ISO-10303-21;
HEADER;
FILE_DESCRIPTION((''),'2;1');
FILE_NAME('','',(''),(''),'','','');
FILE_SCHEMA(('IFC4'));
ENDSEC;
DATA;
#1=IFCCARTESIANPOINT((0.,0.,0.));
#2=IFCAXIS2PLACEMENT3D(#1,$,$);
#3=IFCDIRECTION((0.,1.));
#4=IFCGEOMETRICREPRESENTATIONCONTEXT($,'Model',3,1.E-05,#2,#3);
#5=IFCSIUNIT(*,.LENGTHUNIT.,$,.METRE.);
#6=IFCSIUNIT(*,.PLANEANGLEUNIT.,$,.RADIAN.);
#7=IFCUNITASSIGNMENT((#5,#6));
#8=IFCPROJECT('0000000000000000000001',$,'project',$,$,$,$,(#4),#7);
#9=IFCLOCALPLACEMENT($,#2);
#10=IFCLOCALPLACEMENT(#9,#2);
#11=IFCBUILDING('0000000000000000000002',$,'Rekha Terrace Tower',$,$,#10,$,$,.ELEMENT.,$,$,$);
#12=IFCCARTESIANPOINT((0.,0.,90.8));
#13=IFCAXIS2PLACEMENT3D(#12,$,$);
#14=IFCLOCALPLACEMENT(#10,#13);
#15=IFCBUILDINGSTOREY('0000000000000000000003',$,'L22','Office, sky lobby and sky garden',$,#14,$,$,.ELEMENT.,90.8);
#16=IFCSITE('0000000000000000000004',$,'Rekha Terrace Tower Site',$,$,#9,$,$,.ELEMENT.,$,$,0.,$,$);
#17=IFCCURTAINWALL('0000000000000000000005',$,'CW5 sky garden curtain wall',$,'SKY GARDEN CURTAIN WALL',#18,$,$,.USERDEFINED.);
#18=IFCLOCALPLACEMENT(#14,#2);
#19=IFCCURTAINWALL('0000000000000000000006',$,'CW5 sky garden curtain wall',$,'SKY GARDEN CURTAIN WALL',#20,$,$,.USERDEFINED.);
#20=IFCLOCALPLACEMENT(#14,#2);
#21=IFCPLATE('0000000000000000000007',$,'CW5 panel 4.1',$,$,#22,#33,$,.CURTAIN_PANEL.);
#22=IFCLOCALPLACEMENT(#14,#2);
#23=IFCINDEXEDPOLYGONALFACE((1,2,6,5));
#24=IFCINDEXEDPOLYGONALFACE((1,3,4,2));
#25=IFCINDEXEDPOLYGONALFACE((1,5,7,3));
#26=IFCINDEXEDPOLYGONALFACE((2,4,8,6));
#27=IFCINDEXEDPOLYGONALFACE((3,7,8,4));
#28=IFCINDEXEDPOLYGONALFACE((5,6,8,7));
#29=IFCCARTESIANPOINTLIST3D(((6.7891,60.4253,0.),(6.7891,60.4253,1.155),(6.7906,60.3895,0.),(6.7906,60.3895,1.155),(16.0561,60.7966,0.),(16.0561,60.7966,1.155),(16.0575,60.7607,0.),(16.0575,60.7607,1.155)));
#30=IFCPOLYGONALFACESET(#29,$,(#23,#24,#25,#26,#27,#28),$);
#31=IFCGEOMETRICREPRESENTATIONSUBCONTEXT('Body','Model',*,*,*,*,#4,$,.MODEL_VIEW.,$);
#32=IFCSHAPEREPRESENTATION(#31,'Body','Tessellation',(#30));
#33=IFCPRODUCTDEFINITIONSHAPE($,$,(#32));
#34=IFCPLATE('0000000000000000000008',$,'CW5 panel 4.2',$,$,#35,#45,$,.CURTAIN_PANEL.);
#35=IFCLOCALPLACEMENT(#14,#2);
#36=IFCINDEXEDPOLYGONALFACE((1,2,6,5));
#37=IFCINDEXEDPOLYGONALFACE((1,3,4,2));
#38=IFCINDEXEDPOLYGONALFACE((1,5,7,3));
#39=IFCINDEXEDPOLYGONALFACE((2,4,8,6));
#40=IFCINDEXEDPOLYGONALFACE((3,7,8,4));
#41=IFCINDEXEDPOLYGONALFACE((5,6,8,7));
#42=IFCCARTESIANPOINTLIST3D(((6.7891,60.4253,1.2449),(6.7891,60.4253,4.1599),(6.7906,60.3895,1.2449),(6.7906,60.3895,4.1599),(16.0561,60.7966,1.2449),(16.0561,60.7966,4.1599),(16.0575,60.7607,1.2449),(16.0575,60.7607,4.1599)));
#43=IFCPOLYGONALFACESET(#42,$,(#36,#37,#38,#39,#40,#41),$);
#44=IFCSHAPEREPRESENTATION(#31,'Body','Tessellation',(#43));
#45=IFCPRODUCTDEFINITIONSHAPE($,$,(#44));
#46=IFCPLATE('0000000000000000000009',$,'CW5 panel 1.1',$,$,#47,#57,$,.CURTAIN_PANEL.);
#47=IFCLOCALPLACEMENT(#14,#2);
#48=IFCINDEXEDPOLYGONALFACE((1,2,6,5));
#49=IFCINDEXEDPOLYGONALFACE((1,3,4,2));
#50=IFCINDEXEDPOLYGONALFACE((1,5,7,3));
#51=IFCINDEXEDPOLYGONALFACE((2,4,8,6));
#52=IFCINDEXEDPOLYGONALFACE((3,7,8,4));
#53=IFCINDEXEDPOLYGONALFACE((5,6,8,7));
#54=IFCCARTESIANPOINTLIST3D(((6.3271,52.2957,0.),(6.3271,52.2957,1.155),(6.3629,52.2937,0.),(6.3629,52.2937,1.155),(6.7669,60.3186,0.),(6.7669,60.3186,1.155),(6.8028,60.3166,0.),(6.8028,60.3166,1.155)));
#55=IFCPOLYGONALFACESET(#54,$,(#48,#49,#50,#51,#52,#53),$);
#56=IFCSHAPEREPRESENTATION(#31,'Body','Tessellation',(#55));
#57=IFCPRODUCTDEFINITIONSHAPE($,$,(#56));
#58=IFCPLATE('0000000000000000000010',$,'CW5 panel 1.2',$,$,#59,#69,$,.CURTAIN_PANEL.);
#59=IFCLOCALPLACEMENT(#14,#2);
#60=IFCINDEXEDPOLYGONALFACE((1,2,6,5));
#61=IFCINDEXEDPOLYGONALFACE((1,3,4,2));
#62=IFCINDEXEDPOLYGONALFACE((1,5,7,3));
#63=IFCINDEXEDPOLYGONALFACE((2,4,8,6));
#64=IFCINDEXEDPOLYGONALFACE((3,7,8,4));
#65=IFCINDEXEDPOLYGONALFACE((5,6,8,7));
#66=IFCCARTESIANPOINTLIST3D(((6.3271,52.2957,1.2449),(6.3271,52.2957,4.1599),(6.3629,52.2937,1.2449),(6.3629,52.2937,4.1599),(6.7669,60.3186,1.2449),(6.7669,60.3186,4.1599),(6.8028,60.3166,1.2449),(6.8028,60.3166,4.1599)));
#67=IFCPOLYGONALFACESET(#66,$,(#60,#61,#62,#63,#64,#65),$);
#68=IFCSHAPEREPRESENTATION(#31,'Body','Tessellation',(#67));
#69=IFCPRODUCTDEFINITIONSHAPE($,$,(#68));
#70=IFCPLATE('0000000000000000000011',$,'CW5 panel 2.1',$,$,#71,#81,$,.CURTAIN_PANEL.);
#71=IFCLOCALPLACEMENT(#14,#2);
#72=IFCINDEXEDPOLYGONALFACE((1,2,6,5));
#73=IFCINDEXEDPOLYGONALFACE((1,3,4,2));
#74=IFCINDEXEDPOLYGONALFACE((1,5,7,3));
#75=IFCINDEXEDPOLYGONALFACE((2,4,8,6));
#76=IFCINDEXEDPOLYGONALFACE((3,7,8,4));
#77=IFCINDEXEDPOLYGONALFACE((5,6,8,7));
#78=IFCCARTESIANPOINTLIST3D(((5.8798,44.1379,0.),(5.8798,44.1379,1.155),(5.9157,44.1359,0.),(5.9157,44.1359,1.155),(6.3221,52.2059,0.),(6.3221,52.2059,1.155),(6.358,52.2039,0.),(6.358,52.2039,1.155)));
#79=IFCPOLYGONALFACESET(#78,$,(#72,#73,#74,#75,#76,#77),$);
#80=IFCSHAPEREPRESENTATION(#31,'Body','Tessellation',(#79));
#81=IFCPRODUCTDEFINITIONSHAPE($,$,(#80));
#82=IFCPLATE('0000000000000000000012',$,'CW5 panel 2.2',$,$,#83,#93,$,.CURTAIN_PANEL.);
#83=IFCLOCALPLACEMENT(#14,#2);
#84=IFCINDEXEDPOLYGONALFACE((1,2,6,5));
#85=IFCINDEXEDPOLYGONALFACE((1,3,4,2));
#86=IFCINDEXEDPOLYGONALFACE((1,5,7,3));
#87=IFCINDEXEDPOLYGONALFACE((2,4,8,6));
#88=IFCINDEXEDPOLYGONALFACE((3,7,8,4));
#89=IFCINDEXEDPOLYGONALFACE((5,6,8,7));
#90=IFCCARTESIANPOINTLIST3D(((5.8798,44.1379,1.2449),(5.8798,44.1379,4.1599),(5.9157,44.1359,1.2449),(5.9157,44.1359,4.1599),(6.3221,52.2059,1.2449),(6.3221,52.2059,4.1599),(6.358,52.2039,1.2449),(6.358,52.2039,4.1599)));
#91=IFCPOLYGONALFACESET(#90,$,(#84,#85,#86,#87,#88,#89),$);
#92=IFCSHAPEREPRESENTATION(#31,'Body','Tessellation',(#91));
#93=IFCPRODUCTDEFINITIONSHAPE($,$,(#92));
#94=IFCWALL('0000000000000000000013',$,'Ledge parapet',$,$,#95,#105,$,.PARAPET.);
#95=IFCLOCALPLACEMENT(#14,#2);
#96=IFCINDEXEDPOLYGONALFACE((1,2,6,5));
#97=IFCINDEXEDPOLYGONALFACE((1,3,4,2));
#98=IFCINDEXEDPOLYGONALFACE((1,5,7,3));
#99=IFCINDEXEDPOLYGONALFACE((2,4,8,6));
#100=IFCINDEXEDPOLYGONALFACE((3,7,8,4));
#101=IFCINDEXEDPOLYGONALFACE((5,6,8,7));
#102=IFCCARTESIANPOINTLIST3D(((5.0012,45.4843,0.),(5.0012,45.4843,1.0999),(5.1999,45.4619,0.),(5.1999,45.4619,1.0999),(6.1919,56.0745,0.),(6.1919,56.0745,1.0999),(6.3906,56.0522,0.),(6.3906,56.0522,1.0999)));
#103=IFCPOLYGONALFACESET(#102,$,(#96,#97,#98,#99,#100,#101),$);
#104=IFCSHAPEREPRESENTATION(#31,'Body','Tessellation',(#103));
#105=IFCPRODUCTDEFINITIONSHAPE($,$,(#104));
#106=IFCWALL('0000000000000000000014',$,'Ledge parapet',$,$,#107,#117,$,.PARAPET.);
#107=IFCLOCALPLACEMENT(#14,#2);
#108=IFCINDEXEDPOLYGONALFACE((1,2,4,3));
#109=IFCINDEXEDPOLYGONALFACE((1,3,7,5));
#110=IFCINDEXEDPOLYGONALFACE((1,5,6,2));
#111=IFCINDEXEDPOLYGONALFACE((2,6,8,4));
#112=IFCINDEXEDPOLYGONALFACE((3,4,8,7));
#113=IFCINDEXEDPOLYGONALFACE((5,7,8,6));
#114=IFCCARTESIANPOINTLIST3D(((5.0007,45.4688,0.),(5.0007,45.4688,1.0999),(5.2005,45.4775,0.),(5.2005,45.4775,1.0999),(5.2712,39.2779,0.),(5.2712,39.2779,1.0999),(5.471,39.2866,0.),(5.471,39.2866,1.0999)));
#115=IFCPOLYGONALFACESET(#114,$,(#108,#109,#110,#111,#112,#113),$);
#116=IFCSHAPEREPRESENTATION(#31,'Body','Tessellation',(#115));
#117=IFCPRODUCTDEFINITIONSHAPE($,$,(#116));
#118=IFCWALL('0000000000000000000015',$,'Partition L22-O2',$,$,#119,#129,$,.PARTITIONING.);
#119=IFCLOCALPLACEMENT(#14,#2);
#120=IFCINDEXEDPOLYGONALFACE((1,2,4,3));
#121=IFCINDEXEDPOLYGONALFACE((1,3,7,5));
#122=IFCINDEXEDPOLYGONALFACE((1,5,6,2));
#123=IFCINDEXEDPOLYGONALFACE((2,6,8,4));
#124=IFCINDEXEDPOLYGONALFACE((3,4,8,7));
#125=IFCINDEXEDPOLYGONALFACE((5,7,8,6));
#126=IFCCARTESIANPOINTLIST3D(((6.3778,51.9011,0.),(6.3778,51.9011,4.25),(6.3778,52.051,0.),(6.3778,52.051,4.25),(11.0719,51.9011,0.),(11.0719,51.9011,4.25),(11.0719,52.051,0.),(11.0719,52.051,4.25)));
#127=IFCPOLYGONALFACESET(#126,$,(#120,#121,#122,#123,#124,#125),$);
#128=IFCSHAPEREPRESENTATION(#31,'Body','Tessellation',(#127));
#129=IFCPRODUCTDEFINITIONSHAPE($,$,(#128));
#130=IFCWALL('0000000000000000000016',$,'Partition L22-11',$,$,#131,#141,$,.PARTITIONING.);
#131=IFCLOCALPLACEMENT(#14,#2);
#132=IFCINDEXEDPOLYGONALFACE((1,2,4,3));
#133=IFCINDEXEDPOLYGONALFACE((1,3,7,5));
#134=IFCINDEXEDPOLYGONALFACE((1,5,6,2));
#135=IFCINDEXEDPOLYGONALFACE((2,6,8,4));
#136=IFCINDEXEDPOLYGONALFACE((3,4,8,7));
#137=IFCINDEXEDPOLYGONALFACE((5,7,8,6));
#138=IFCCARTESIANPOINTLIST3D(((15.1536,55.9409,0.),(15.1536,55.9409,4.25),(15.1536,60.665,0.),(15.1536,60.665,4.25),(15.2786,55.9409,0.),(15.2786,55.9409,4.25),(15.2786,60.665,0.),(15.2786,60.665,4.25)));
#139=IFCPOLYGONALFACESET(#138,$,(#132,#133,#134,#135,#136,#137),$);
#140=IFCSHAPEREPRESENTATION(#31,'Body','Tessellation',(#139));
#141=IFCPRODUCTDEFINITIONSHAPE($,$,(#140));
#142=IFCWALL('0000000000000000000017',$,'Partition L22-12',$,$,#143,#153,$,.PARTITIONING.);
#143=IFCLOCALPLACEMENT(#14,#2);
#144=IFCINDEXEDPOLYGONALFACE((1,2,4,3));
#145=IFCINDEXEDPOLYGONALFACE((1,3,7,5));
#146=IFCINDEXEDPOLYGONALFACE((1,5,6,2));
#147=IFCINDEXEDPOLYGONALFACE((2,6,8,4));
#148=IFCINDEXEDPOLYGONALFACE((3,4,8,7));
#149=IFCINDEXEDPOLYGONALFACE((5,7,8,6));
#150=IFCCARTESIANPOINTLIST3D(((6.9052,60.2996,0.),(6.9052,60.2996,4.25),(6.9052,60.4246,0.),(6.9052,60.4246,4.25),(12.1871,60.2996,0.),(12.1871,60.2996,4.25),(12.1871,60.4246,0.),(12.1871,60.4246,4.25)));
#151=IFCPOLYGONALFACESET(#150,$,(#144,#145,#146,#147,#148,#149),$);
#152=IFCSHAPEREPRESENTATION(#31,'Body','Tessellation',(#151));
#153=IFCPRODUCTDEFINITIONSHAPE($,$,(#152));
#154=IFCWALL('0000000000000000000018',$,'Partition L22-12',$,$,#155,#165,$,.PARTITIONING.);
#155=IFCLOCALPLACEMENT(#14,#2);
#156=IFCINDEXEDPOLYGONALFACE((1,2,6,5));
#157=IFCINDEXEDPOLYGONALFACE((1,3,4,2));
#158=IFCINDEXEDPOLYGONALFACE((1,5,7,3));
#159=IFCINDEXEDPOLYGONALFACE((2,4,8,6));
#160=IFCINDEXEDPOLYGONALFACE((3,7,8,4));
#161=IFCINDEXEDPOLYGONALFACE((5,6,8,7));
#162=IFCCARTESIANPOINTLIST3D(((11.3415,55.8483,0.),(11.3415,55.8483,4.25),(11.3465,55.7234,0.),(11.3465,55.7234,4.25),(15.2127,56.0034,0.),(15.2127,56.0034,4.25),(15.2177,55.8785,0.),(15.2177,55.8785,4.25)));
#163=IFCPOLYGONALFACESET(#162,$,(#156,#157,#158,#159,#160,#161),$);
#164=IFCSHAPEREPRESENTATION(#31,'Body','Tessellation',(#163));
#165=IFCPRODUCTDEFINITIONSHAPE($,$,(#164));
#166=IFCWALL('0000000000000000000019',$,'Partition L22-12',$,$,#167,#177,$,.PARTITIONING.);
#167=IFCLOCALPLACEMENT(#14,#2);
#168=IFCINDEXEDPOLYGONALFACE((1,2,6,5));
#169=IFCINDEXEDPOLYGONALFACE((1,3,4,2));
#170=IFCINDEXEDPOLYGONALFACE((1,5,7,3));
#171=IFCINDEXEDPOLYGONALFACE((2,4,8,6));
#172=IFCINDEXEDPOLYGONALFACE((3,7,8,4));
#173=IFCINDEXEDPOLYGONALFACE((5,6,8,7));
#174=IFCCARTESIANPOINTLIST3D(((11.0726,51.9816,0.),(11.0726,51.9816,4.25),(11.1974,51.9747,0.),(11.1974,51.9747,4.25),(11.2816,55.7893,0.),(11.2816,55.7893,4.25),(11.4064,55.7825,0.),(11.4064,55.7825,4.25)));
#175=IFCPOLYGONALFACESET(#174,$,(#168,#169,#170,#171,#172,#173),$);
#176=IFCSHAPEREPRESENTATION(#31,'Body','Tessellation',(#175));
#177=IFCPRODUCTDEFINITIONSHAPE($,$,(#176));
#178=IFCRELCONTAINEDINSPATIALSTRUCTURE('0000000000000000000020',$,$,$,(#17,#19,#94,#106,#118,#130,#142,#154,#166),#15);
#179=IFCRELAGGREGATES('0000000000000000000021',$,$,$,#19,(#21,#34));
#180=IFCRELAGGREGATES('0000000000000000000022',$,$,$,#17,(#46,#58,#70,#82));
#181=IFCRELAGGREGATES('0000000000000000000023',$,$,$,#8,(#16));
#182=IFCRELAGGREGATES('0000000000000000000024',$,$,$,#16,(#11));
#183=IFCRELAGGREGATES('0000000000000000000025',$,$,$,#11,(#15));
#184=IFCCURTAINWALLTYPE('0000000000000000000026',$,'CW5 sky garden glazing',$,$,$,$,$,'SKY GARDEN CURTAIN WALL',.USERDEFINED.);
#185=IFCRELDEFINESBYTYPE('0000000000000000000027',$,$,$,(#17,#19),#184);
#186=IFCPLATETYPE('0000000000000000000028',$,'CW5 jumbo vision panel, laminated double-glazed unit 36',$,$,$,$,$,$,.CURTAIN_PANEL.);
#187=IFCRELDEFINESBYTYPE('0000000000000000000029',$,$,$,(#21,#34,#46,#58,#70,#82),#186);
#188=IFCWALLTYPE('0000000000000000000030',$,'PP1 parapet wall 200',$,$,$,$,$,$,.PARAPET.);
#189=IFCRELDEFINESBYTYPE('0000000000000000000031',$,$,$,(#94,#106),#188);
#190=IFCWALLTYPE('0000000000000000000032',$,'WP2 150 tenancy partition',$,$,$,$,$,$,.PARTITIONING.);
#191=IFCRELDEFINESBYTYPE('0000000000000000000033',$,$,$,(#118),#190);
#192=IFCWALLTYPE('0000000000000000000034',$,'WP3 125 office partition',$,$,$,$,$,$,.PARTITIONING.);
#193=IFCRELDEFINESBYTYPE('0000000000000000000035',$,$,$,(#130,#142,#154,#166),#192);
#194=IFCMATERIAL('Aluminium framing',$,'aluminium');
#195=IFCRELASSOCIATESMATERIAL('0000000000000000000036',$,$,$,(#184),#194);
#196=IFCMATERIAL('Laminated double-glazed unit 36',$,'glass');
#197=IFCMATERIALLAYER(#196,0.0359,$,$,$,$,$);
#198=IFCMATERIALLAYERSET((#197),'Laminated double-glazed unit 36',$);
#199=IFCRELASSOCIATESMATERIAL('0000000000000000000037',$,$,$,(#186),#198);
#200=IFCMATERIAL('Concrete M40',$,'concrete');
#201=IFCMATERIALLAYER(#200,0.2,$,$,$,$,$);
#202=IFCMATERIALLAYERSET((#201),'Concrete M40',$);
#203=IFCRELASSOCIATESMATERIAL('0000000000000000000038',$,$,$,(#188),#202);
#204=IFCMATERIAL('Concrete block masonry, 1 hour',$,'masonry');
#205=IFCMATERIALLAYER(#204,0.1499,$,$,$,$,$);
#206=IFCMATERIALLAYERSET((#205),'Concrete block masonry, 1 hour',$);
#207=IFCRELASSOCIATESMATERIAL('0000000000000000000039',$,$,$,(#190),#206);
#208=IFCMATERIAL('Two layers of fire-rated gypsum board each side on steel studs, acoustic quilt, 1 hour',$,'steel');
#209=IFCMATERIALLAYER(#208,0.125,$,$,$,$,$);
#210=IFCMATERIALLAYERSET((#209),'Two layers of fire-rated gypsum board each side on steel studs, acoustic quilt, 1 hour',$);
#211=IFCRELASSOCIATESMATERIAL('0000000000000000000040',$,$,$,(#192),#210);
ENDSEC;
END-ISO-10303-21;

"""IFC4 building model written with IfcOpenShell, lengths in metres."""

from ifc_helpers import new_model, si_unit, direction, frame, frame_2d, origin, origin_2d, place, context, subcontext, project, spatial, rectangle, extrude, material, layer, layer_set, type_object, element, aggregate, save


model = new_model("IFC4")

# Units and contexts
model_context = context("Model", 3, precision=1e-05, world=origin(), true_north=direction((0.0, 1.0)))
body_context = subcontext(model_context, "Body", "Model", "MODEL_VIEW")
ifc_project = project(units=[si_unit("LENGTHUNIT", "METRE"), si_unit("PLANEANGLEUNIT", "RADIAN")], contexts=[model_context])

# Site, building, storey
site_placement = place(None, origin())
site = spatial("IfcSite", under=ifc_project, at=site_placement, Name="Rekha Terrace Tower Site", CompositionType="ELEMENT", RefElevation=0.0)
building_placement = place(site_placement, origin())
building = spatial("IfcBuilding", under=site, at=building_placement, Name="Rekha Terrace Tower", CompositionType="ELEMENT")
storey_placement = place(building_placement, frame((0.0, 0.0, 90.8)))
storey = spatial("IfcBuildingStorey", under=building, at=storey_placement, Name="L22", Description="Office, sky lobby and sky garden", CompositionType="ELEMENT", Elevation=90.8)

# Curtain wall
ifc_material_1 = material(Name="Aluminium framing", Category="aluminium")
curtain_wall_type = type_object("IfcCurtainWallType", Name="CW5 sky garden glazing", ElementType="SKY GARDEN CURTAIN WALL", PredefinedType="USERDEFINED", material=ifc_material_1)
curtain_wall_1_placement = place(storey_placement, origin())
curtain_wall_1 = element("IfcCurtainWall", 1, at=curtain_wall_1_placement, inside=storey, type_object=curtain_wall_type, Name="CW5 sky garden curtain wall", ObjectType="SKY GARDEN CURTAIN WALL", PredefinedType="USERDEFINED")

# Curtain wall, plates
curtain_wall_2_placement = place(storey_placement, origin())
curtain_wall_2 = element("IfcCurtainWall", 2, at=curtain_wall_2_placement, inside=storey, type_object=curtain_wall_type, Name="CW5 sky garden curtain wall", ObjectType="SKY GARDEN CURTAIN WALL", PredefinedType="USERDEFINED")
ifc_material_2 = material(Name="Laminated double-glazed unit 36", Category="glass")
ifc_layer_1 = layer(ifc_material_2, 0.0359)
ifc_layer_set_1 = layer_set([ifc_layer_1], Name="Laminated double-glazed unit 36")
plate_type = type_object("IfcPlateType", Name="CW5 jumbo vision panel, laminated double-glazed unit 36", PredefinedType="CURTAIN_PANEL", material=ifc_layer_set_1)
plate_1_placement = place(storey_placement, frame((11.4233, 60.593, 0.0), z_axis=(0.0, 0.0, 1.0), x_axis=(-0.999198, -0.040032, 0.0)))
plate_1 = element("IfcPlate", 3, at=plate_1_placement, type_object=plate_type, Name="CW5 panel 4.1", PredefinedType="CURTAIN_PANEL", context=body_context, shape_type="SweptSolid", body=[
    extrude(rectangle(XDim=9.2744, YDim=0.0359, at=origin_2d()), origin(), (0.0, 0.0, 1.0), 1.155),
])
plate_2_placement = place(storey_placement, frame((11.4233, 60.593, 1.2449), z_axis=(0.0, 0.0, 1.0), x_axis=(-0.999198, -0.040032, 0.0)))
plate_2 = element("IfcPlate", 4, at=plate_2_placement, type_object=plate_type, Name="CW5 panel 4.2", PredefinedType="CURTAIN_PANEL", context=body_context, shape_type="SweptSolid", body=[
    extrude(rectangle(XDim=9.2744, YDim=0.0359, at=origin_2d()), origin(), (0.0, 0.0, 1.0), 2.915),
])
aggregate(curtain_wall_2, [plate_1, plate_2])

# Plates
plate_3_placement = place(storey_placement, frame((6.5649, 56.3062, 0.0), z_axis=(0.0, 0.0, 1.0), x_axis=(-0.054742, -0.998501, 0.0)))
plate_3 = element("IfcPlate", 5, at=plate_3_placement, type_object=plate_type, Name="CW5 panel 1.1", PredefinedType="CURTAIN_PANEL", context=body_context, shape_type="SweptSolid", body=[
    extrude(rectangle(XDim=8.0349, YDim=0.0359, at=origin_2d()), origin(), (0.0, 0.0, 1.0), 1.155),
])
plate_4_placement = place(storey_placement, frame((6.5649, 56.3062, 1.2449), z_axis=(0.0, 0.0, 1.0), x_axis=(-0.054742, -0.998501, 0.0)))
plate_4 = element("IfcPlate", 6, at=plate_4_placement, type_object=plate_type, Name="CW5 panel 1.2", PredefinedType="CURTAIN_PANEL", context=body_context, shape_type="SweptSolid", body=[
    extrude(rectangle(XDim=8.0349, YDim=0.0359, at=origin_2d()), origin(), (0.0, 0.0, 1.0), 2.915),
])
plate_5_placement = place(storey_placement, frame((6.1189, 48.1709, 0.0), z_axis=(0.0, 0.0, 1.0), x_axis=(-0.054742, -0.998501, 0.0)))
plate_5 = element("IfcPlate", 7, at=plate_5_placement, type_object=plate_type, Name="CW5 panel 2.1", PredefinedType="CURTAIN_PANEL", context=body_context, shape_type="SweptSolid", body=[
    extrude(rectangle(XDim=8.0801, YDim=0.0359, at=origin_2d()), origin(), (0.0, 0.0, 1.0), 1.155),
])
plate_6_placement = place(storey_placement, frame((6.1189, 48.1709, 1.2449), z_axis=(0.0, 0.0, 1.0), x_axis=(-0.054742, -0.998501, 0.0)))
plate_6 = element("IfcPlate", 8, at=plate_6_placement, type_object=plate_type, Name="CW5 panel 2.2", PredefinedType="CURTAIN_PANEL", context=body_context, shape_type="SweptSolid", body=[
    extrude(rectangle(XDim=8.0801, YDim=0.0359, at=origin_2d()), origin(), (0.0, 0.0, 1.0), 2.915),
])
aggregate(curtain_wall_1, [plate_3, plate_4, plate_5, plate_6])

# Walls
ifc_material_3 = material(Name="Concrete M40", Category="concrete")
ifc_layer_2 = layer(ifc_material_3, 0.2)
ifc_layer_set_2 = layer_set([ifc_layer_2], Name="Concrete M40")
wall_type_1 = type_object("IfcWallType", Name="PP1 parapet wall 200", PredefinedType="PARAPET", material=ifc_layer_set_2)
wall_1_placement = place(storey_placement, frame((6.2913, 56.0635, 0.0), z_axis=(0.0, 0.0, 1.0), x_axis=(-0.111726, -0.993739, 0.0)))
element("IfcWall", 9, at=wall_1_placement, inside=storey, type_object=wall_type_1, Name="Ledge parapet", PredefinedType="PARAPET", context=body_context, shape_type="SweptSolid", body=[
    extrude(rectangle(XDim=10.657, YDim=0.2, at=frame_2d((5.3286, 0.0))), origin(), (0.0, 0.0, 1.0), 1.0999),
])
wall_2_placement = place(storey_placement, frame((5.1006, 45.4731, 0.0), z_axis=(0.0, 0.0, 1.0), x_axis=(0.043653, -0.999047, 0.0)))
element("IfcWall", 10, at=wall_2_placement, inside=storey, type_object=wall_type_1, Name="Ledge parapet", PredefinedType="PARAPET", context=body_context, shape_type="SweptSolid", body=[
    extrude(rectangle(XDim=6.1968, YDim=0.2, at=frame_2d((3.0984, 0.0))), origin(), (0.0, 0.0, 1.0), 1.0999),
])
ifc_material_4 = material(Name="Concrete block masonry, 1 hour", Category="masonry")
ifc_layer_3 = layer(ifc_material_4, 0.1499)
ifc_layer_set_3 = layer_set([ifc_layer_3], Name="Concrete block masonry, 1 hour")
wall_type_2 = type_object("IfcWallType", Name="WP2 150 tenancy partition", PredefinedType="PARTITIONING", material=ifc_layer_set_3)
wall_3_placement = place(storey_placement, frame((11.072, 51.9761, 0.0), z_axis=(0.0, 0.0, 1.0), x_axis=(-1.0, 0.0, 0.0)))
element("IfcWall", 11, at=wall_3_placement, inside=storey, type_object=wall_type_2, Name="Partition L22-O2", PredefinedType="PARTITIONING", context=body_context, shape_type="SweptSolid", body=[
    extrude(rectangle(XDim=4.6941, YDim=0.1499, at=frame_2d((2.3472, 0.0))), origin(), (0.0, 0.0, 1.0), 4.25),
])
ifc_material_5 = material(Name="Two layers of fire-rated gypsum board each side on steel studs, acoustic quilt, 1 hour", Category="steel")
ifc_layer_4 = layer(ifc_material_5, 0.125)
ifc_layer_set_4 = layer_set([ifc_layer_4], Name="Two layers of fire-rated gypsum board each side on steel studs, acoustic quilt, 1 hour")
wall_type_3 = type_object("IfcWallType", Name="WP3 125 office partition", PredefinedType="PARTITIONING", material=ifc_layer_set_4)
wall_4_placement = place(storey_placement, frame((15.2161, 55.9409, 0.0), z_axis=(0.0, 0.0, 1.0), x_axis=(0.0, 1.0, 0.0)))
element("IfcWall", 12, at=wall_4_placement, inside=storey, type_object=wall_type_3, Name="Partition L22-11", PredefinedType="PARTITIONING", context=body_context, shape_type="SweptSolid", body=[
    extrude(rectangle(XDim=4.7241, YDim=0.125, at=frame_2d((2.3621, 0.0))), origin(), (0.0, 0.0, 1.0), 4.25),
])
wall_5_placement = place(storey_placement, frame((6.905, 60.3621, 0.0), z_axis=(0.0, 0.0, 1.0), x_axis=(1.0, 0.0, 0.0)))
element("IfcWall", 13, at=wall_5_placement, inside=storey, type_object=wall_type_3, Name="Partition L22-12", PredefinedType="PARTITIONING", context=body_context, shape_type="SweptSolid", body=[
    extrude(rectangle(XDim=5.282, YDim=0.125, at=frame_2d((2.6411, 0.0))), origin(), (0.0, 0.0, 1.0), 4.25),
])
wall_6_placement = place(storey_placement, frame((15.2151, 55.9409, 0.0), z_axis=(0.0, 0.0, 1.0), x_axis=(-0.999199, -0.040016, 0.0)))
element("IfcWall", 14, at=wall_6_placement, inside=storey, type_object=wall_type_3, Name="Partition L22-12", PredefinedType="PARTITIONING", context=body_context, shape_type="SweptSolid", body=[
    extrude(rectangle(XDim=3.8743, YDim=0.125, at=frame_2d((1.937, 0.0))), origin(), (0.0, 0.0, 1.0), 4.25),
])
wall_7_placement = place(storey_placement, frame((11.344, 55.7859, 0.0), z_axis=(0.0, 0.0, 1.0), x_axis=(-0.0548, -0.998497, 0.0)))
element("IfcWall", 15, at=wall_7_placement, inside=storey, type_object=wall_type_3, Name="Partition L22-12", PredefinedType="PARTITIONING", context=body_context, shape_type="SweptSolid", body=[
    extrude(rectangle(XDim=3.8135, YDim=0.125, at=frame_2d((1.9067, 0.0))), origin(), (0.0, 0.0, 1.0), 4.25),
])

save(model, "model.ifc")
